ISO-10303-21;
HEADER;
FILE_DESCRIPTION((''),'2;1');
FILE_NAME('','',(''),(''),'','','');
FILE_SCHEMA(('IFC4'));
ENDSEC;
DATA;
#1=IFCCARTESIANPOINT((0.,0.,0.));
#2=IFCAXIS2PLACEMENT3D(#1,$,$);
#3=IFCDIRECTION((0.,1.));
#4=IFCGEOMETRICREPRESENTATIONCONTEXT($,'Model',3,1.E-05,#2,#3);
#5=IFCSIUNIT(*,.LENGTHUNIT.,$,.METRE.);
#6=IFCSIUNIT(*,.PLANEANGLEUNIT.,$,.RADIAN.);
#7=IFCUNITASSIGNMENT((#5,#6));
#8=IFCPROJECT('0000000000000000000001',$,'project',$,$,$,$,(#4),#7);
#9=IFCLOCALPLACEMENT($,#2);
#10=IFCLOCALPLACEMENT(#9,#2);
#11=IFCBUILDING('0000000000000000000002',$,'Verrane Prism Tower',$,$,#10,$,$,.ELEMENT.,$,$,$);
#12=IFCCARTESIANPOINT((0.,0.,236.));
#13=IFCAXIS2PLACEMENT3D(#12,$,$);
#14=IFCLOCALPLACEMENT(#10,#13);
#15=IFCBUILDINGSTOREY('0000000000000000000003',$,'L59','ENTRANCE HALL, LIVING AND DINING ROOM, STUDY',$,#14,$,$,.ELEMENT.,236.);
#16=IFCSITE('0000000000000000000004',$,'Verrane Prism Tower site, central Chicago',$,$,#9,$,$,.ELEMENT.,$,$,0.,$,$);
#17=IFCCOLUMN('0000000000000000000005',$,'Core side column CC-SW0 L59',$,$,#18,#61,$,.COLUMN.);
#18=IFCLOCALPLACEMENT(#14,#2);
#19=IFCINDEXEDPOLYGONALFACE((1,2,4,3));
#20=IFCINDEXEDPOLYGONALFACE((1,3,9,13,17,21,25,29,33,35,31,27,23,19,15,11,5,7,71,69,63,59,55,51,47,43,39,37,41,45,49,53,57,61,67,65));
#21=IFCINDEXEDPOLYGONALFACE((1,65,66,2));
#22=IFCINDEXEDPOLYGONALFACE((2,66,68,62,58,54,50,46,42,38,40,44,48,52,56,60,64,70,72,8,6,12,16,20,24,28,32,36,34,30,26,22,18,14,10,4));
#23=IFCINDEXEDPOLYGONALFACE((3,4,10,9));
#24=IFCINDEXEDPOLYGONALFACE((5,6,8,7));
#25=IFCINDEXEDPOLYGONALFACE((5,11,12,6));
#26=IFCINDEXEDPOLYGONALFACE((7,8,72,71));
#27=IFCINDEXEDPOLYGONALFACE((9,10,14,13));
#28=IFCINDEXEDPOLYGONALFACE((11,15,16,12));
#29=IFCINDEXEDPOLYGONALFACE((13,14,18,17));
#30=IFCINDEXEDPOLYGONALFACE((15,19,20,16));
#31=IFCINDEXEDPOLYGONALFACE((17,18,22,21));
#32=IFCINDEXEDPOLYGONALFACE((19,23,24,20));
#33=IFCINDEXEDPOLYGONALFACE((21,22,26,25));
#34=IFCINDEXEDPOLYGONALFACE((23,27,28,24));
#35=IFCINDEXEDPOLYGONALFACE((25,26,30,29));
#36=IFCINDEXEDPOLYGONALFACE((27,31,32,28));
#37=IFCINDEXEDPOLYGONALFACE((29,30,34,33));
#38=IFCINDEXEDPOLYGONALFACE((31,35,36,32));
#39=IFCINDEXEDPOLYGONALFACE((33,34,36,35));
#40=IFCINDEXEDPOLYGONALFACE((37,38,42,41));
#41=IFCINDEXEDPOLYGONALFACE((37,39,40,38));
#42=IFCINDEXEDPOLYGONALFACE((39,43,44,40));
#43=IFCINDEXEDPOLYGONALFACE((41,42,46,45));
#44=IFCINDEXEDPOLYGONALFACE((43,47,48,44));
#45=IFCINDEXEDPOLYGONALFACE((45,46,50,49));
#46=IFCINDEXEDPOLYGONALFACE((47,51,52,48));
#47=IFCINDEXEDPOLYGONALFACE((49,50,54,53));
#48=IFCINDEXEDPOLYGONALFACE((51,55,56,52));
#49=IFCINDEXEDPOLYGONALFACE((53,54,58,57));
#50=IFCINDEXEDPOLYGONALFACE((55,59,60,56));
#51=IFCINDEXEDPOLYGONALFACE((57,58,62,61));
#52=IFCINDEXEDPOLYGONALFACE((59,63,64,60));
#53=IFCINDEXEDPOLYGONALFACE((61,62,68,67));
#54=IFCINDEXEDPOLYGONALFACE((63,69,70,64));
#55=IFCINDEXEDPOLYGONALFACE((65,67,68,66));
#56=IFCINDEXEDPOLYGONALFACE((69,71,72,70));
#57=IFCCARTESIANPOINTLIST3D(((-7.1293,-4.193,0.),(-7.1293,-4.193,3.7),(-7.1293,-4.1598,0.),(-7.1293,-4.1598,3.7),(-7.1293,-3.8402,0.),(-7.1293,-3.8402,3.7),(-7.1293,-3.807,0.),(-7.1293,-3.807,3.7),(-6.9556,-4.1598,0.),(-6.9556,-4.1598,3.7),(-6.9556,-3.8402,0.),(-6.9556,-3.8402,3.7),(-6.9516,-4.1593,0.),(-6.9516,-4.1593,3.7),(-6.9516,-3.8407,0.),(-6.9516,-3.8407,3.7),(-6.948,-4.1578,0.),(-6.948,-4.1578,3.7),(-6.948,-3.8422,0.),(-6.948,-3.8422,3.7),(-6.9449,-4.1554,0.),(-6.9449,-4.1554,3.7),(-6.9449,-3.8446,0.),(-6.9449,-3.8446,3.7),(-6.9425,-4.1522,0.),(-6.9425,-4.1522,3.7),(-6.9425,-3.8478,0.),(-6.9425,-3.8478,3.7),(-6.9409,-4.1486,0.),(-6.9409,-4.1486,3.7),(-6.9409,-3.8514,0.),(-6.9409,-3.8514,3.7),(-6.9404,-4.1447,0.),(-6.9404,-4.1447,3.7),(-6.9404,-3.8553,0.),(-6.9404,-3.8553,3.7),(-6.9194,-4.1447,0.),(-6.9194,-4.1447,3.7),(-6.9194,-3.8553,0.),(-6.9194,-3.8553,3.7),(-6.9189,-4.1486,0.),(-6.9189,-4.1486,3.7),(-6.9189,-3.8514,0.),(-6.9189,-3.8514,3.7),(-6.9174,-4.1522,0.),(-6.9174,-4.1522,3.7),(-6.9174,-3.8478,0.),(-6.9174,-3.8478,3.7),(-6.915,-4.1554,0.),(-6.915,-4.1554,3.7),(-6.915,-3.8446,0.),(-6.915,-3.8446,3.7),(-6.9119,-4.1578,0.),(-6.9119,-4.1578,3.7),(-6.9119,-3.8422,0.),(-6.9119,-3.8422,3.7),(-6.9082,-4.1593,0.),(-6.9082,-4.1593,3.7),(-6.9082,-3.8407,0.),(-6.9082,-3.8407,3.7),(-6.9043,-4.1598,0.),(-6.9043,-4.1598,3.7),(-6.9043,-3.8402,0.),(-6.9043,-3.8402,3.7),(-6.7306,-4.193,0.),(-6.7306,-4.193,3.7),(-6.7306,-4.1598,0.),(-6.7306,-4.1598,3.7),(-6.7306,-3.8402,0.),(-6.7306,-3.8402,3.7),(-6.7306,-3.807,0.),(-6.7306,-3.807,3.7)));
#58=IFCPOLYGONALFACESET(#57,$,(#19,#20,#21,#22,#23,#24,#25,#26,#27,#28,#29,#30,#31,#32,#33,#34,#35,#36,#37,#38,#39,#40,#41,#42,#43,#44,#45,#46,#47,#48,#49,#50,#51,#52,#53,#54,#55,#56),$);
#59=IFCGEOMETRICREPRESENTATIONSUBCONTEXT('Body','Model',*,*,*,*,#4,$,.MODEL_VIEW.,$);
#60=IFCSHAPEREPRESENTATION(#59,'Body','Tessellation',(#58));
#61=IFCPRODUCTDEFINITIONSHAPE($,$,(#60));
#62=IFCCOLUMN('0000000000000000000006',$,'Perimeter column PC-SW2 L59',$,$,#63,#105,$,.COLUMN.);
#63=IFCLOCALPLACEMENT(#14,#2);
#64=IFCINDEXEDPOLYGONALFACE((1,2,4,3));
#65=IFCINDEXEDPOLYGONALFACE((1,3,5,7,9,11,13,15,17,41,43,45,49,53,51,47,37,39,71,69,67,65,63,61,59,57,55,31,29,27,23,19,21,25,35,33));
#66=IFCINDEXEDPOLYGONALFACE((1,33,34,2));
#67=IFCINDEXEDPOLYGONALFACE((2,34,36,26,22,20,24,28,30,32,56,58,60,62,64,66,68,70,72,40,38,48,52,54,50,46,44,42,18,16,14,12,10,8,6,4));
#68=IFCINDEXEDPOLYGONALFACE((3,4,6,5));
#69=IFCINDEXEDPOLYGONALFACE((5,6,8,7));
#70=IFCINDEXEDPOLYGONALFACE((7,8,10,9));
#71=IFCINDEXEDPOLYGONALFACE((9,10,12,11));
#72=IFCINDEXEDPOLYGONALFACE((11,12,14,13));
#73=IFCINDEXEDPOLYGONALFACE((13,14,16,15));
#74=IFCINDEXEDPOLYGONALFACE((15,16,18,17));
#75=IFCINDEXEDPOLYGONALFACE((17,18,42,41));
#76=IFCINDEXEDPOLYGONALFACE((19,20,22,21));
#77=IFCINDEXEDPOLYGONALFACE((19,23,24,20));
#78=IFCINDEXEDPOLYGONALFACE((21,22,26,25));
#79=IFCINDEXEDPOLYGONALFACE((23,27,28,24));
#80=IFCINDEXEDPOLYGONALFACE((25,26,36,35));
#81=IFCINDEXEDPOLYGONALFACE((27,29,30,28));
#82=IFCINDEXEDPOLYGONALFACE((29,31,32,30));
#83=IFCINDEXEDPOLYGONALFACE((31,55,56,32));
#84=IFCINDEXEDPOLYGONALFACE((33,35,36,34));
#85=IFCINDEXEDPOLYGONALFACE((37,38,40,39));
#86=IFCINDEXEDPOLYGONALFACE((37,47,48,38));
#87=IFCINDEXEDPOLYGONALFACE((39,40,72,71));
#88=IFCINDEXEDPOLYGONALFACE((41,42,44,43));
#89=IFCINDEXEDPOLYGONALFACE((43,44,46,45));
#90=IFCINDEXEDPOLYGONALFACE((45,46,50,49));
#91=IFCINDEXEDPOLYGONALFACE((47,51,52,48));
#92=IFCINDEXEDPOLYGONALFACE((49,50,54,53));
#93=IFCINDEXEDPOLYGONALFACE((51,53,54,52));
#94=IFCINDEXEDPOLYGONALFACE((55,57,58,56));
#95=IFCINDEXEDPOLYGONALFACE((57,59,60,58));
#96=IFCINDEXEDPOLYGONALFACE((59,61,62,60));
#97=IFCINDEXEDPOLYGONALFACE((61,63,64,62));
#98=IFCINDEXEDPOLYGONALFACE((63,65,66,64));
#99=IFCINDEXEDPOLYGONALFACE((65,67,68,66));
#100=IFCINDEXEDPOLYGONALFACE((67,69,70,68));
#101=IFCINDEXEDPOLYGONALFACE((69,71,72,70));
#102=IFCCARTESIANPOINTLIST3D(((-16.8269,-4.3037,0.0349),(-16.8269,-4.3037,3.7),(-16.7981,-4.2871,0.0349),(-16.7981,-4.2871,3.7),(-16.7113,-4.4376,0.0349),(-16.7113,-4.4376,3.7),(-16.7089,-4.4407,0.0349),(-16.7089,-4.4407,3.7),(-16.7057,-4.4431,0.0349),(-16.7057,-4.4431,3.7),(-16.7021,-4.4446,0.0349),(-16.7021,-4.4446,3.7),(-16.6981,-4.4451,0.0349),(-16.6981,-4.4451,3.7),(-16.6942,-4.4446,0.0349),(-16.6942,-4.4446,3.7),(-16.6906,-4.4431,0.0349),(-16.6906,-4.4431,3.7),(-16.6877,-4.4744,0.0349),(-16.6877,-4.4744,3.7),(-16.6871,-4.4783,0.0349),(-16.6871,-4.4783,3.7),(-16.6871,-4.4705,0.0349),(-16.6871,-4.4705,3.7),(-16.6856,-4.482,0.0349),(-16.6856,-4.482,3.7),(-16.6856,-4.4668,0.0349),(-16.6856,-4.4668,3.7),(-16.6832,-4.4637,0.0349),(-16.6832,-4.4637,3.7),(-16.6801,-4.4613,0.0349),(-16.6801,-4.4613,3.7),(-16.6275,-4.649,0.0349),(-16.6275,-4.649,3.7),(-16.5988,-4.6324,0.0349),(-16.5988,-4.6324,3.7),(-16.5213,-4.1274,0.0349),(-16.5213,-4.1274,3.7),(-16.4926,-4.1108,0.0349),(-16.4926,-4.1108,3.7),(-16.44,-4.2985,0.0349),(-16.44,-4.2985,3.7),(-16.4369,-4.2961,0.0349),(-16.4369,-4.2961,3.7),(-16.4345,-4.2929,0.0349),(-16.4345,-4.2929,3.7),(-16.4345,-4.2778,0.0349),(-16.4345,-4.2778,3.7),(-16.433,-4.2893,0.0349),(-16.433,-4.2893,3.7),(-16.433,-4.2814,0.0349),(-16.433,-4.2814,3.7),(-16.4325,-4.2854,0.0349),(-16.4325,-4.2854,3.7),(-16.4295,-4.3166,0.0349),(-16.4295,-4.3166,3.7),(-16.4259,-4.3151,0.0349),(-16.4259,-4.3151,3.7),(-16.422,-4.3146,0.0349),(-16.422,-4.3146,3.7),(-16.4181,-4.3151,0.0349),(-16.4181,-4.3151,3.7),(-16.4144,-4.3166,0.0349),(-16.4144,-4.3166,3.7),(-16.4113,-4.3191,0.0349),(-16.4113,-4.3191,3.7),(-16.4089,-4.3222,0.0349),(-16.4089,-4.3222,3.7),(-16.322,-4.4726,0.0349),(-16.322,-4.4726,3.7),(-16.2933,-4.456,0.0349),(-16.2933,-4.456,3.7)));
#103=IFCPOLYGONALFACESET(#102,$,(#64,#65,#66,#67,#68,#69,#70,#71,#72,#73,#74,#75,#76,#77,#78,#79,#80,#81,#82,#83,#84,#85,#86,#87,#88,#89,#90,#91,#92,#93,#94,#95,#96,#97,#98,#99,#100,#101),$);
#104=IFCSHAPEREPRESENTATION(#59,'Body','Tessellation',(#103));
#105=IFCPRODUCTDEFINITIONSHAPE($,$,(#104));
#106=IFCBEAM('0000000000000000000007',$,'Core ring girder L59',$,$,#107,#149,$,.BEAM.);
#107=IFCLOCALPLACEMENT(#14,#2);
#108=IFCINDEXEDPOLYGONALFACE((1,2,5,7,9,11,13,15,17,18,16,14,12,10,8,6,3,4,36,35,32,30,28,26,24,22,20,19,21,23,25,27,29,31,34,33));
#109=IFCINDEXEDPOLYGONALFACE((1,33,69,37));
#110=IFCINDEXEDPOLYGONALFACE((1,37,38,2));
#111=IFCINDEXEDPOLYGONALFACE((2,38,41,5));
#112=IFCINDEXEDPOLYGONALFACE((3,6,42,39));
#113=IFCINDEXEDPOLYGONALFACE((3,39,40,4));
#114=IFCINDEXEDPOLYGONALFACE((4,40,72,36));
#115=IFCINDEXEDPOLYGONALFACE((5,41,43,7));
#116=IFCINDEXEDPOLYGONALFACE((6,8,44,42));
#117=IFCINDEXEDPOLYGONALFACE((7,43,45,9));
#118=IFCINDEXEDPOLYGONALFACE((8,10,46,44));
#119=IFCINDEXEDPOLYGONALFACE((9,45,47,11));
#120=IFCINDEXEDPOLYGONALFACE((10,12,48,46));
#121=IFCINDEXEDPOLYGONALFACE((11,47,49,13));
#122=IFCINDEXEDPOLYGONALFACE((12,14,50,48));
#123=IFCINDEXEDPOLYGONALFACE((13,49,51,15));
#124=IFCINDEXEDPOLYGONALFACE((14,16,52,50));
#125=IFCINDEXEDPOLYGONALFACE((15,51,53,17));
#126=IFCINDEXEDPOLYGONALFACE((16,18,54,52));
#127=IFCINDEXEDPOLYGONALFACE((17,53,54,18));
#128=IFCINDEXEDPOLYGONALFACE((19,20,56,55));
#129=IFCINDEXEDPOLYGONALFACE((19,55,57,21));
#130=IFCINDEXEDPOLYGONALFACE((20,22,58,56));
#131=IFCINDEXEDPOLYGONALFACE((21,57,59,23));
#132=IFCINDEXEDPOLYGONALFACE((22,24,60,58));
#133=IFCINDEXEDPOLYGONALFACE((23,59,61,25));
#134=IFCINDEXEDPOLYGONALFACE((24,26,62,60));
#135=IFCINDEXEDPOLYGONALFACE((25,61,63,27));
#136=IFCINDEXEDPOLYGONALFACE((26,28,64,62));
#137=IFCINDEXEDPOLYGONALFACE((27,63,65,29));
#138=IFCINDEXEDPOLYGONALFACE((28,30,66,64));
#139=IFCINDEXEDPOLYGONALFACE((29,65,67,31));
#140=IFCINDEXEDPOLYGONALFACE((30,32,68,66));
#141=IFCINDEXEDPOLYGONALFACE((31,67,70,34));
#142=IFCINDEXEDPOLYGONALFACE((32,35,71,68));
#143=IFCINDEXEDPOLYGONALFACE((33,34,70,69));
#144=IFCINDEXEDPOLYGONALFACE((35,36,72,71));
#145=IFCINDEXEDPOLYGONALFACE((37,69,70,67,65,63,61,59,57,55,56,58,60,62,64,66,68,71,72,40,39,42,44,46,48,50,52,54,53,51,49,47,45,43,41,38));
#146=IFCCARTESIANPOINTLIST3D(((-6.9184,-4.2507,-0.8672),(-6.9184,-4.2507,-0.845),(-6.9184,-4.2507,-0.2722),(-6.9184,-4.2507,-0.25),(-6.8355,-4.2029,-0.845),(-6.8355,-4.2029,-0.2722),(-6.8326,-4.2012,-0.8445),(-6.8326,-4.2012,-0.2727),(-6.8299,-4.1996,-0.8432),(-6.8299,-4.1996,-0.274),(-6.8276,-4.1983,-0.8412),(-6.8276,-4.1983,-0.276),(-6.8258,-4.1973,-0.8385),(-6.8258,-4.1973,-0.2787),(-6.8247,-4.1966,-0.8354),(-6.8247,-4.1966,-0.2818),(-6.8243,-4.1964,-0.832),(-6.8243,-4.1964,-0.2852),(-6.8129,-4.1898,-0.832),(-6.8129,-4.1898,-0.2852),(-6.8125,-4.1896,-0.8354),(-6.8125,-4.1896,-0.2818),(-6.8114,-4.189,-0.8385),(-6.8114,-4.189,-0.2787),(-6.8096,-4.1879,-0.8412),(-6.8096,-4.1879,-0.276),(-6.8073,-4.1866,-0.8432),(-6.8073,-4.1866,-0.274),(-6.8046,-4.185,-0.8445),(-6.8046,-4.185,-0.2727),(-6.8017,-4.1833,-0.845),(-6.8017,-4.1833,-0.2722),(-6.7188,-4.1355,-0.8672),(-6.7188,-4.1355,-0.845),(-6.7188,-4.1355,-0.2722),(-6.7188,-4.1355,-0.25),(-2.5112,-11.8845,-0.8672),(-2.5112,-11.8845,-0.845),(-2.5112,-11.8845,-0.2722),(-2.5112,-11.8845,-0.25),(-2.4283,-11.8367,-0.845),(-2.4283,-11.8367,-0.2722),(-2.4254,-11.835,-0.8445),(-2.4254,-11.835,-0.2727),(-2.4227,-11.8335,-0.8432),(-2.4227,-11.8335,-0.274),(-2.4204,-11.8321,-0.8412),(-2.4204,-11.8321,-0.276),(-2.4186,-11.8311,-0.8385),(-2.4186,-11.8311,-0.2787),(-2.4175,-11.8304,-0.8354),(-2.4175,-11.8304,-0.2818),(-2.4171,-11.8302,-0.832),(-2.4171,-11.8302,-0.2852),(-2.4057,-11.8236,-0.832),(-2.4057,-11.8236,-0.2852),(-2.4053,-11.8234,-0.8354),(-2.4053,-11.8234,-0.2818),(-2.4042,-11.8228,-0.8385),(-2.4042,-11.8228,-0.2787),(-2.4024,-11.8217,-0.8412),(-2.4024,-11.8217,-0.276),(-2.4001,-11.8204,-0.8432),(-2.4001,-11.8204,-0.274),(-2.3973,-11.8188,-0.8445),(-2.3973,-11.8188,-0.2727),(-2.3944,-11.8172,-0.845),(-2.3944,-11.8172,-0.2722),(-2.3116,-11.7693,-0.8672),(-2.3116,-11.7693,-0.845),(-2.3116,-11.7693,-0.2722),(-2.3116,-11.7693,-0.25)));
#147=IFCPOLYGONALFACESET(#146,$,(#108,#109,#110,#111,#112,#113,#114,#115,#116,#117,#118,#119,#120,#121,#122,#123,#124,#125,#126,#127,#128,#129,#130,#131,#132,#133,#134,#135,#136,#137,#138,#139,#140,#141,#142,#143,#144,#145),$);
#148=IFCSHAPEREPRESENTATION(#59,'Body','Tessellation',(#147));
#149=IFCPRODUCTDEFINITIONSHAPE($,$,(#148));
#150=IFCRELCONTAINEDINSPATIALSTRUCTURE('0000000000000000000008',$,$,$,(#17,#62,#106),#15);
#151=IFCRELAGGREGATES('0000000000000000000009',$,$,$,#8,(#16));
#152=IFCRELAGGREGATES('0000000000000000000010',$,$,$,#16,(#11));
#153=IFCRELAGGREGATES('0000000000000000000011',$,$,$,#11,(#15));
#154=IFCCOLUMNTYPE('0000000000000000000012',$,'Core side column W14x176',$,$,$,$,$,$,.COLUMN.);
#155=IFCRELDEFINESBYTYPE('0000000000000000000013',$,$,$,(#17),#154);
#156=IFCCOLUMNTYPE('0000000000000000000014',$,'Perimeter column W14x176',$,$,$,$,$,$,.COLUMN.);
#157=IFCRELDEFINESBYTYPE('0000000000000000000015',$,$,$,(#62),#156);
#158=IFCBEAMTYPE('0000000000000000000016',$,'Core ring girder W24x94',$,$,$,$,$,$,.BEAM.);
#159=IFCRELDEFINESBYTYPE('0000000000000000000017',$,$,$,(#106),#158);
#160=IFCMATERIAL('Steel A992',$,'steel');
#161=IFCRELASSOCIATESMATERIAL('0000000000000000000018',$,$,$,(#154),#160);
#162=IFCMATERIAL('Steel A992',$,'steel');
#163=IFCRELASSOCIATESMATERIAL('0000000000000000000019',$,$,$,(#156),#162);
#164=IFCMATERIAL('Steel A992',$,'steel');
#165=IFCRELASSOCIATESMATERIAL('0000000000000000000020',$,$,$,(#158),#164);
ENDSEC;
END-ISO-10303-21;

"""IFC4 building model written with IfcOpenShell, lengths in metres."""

from ifc_helpers import new_model, si_unit, direction, frame, origin, origin_2d, place, context, subcontext, project, spatial, i_section, extrude, material, material_profile, profile_set, type_object, element, save


model = new_model("IFC4")

# Units and contexts
model_context = context("Model", 3, precision=1e-05, world=origin(), true_north=direction((0.0, 1.0)))
body_context = subcontext(model_context, "Body", "Model", "MODEL_VIEW")
ifc_project = project(units=[si_unit("LENGTHUNIT", "METRE"), si_unit("PLANEANGLEUNIT", "RADIAN")], contexts=[model_context])

# Site, building, storey
site_placement = place(None, origin())
site = spatial("IfcSite", under=ifc_project, at=site_placement, Name="Verrane Prism Tower site, central Chicago", CompositionType="ELEMENT", RefElevation=0.0)
building_placement = place(site_placement, origin())
building = spatial("IfcBuilding", under=site, at=building_placement, Name="Verrane Prism Tower", CompositionType="ELEMENT")
storey_placement = place(building_placement, frame((0.0, 0.0, 236.0)))
storey = spatial("IfcBuildingStorey", under=building, at=storey_placement, Name="L59", Description="ENTRANCE HALL, LIVING AND DINING ROOM, STUDY", CompositionType="ELEMENT", Elevation=236.0)

# Columns
ifc_material_1 = material(Name="Steel A992", Category="steel")
ifc_material_profile_1 = material_profile(ifc_material_1, i_section(OverallWidth=0.3987, OverallDepth=0.386, WebThickness=0.021, FlangeThickness=0.0332, FilletRadius=0.0151, at=origin_2d()), Name="W14x176")
ifc_profile_set_1 = profile_set([ifc_material_profile_1], Name="Steel A992")
column_type_1 = type_object("IfcColumnType", Name="Core side column W14x176", PredefinedType="COLUMN", material=ifc_profile_set_1)
column_1_placement = place(storey_placement, frame((-6.9299, -4.0, 0.0), z_axis=(0.0, 0.0, 1.0), x_axis=(1.0, 0.0, 0.0)))
element("IfcColumn", 1, at=column_1_placement, inside=storey, type_object=column_type_1, Name="Core side column CC-SW0 L59", PredefinedType="COLUMN", context=body_context, shape_type="SweptSolid", body=[
    extrude(i_section(OverallWidth=0.3987, OverallDepth=0.386, WebThickness=0.021, FlangeThickness=0.0332, FilletRadius=0.0151, at=origin_2d()), origin(), (0.0, 0.0, 1.0), 3.7),
])
ifc_material_2 = material(Name="Steel A992", Category="steel")
ifc_material_profile_2 = material_profile(ifc_material_2, i_section(OverallWidth=0.3987, OverallDepth=0.386, WebThickness=0.021, FlangeThickness=0.0332, FilletRadius=0.0151, at=origin_2d()), Name="W14x176")
ifc_profile_set_2 = profile_set([ifc_material_profile_2], Name="Steel A992")
column_type_2 = type_object("IfcColumnType", Name="Perimeter column W14x176", PredefinedType="COLUMN", material=ifc_profile_set_2)
column_2_placement = place(storey_placement, frame((-16.5601, -4.3799, 0.0349), z_axis=(0.0, 0.0, 1.0), x_axis=(-0.5, 0.866025, 0.0)))
element("IfcColumn", 2, at=column_2_placement, inside=storey, type_object=column_type_2, Name="Perimeter column PC-SW2 L59", PredefinedType="COLUMN", context=body_context, shape_type="SweptSolid", body=[
    extrude(i_section(OverallWidth=0.3987, OverallDepth=0.386, WebThickness=0.021, FlangeThickness=0.0332, FilletRadius=0.0151, at=origin_2d()), origin(), (0.0, 0.0, 1.0), 3.665),
])

# Beam
ifc_material_3 = material(Name="Steel A992", Category="steel")
ifc_material_profile_3 = material_profile(ifc_material_3, i_section(OverallWidth=0.2305, OverallDepth=0.6172, WebThickness=0.0132, FlangeThickness=0.0222, FilletRadius=0.0129, at=origin_2d()), Name="W24x94")
ifc_profile_set_3 = profile_set([ifc_material_profile_3], Name="Steel A992")
beam_type_1 = type_object("IfcBeamType", Name="Core ring girder W24x94", PredefinedType="BEAM", material=ifc_profile_set_3)
beam_1_placement = place(storey_placement, frame((-6.8186, -4.1931, -0.5586), z_axis=(0.499988, -0.866032, 0.0), x_axis=(0.866032, 0.499988, 0.0)))
element("IfcBeam", 3, at=beam_1_placement, inside=storey, type_object=beam_type_1, Name="Core ring girder L59", PredefinedType="BEAM", context=body_context, shape_type="SweptSolid", body=[
    extrude(i_section(OverallWidth=0.2305, OverallDepth=0.6172, WebThickness=0.0132, FlangeThickness=0.0222, FilletRadius=0.0129, at=origin_2d()), origin(), (0.0, 0.0, 1.0), 8.8147),
])

save(model, "model.ifc")
